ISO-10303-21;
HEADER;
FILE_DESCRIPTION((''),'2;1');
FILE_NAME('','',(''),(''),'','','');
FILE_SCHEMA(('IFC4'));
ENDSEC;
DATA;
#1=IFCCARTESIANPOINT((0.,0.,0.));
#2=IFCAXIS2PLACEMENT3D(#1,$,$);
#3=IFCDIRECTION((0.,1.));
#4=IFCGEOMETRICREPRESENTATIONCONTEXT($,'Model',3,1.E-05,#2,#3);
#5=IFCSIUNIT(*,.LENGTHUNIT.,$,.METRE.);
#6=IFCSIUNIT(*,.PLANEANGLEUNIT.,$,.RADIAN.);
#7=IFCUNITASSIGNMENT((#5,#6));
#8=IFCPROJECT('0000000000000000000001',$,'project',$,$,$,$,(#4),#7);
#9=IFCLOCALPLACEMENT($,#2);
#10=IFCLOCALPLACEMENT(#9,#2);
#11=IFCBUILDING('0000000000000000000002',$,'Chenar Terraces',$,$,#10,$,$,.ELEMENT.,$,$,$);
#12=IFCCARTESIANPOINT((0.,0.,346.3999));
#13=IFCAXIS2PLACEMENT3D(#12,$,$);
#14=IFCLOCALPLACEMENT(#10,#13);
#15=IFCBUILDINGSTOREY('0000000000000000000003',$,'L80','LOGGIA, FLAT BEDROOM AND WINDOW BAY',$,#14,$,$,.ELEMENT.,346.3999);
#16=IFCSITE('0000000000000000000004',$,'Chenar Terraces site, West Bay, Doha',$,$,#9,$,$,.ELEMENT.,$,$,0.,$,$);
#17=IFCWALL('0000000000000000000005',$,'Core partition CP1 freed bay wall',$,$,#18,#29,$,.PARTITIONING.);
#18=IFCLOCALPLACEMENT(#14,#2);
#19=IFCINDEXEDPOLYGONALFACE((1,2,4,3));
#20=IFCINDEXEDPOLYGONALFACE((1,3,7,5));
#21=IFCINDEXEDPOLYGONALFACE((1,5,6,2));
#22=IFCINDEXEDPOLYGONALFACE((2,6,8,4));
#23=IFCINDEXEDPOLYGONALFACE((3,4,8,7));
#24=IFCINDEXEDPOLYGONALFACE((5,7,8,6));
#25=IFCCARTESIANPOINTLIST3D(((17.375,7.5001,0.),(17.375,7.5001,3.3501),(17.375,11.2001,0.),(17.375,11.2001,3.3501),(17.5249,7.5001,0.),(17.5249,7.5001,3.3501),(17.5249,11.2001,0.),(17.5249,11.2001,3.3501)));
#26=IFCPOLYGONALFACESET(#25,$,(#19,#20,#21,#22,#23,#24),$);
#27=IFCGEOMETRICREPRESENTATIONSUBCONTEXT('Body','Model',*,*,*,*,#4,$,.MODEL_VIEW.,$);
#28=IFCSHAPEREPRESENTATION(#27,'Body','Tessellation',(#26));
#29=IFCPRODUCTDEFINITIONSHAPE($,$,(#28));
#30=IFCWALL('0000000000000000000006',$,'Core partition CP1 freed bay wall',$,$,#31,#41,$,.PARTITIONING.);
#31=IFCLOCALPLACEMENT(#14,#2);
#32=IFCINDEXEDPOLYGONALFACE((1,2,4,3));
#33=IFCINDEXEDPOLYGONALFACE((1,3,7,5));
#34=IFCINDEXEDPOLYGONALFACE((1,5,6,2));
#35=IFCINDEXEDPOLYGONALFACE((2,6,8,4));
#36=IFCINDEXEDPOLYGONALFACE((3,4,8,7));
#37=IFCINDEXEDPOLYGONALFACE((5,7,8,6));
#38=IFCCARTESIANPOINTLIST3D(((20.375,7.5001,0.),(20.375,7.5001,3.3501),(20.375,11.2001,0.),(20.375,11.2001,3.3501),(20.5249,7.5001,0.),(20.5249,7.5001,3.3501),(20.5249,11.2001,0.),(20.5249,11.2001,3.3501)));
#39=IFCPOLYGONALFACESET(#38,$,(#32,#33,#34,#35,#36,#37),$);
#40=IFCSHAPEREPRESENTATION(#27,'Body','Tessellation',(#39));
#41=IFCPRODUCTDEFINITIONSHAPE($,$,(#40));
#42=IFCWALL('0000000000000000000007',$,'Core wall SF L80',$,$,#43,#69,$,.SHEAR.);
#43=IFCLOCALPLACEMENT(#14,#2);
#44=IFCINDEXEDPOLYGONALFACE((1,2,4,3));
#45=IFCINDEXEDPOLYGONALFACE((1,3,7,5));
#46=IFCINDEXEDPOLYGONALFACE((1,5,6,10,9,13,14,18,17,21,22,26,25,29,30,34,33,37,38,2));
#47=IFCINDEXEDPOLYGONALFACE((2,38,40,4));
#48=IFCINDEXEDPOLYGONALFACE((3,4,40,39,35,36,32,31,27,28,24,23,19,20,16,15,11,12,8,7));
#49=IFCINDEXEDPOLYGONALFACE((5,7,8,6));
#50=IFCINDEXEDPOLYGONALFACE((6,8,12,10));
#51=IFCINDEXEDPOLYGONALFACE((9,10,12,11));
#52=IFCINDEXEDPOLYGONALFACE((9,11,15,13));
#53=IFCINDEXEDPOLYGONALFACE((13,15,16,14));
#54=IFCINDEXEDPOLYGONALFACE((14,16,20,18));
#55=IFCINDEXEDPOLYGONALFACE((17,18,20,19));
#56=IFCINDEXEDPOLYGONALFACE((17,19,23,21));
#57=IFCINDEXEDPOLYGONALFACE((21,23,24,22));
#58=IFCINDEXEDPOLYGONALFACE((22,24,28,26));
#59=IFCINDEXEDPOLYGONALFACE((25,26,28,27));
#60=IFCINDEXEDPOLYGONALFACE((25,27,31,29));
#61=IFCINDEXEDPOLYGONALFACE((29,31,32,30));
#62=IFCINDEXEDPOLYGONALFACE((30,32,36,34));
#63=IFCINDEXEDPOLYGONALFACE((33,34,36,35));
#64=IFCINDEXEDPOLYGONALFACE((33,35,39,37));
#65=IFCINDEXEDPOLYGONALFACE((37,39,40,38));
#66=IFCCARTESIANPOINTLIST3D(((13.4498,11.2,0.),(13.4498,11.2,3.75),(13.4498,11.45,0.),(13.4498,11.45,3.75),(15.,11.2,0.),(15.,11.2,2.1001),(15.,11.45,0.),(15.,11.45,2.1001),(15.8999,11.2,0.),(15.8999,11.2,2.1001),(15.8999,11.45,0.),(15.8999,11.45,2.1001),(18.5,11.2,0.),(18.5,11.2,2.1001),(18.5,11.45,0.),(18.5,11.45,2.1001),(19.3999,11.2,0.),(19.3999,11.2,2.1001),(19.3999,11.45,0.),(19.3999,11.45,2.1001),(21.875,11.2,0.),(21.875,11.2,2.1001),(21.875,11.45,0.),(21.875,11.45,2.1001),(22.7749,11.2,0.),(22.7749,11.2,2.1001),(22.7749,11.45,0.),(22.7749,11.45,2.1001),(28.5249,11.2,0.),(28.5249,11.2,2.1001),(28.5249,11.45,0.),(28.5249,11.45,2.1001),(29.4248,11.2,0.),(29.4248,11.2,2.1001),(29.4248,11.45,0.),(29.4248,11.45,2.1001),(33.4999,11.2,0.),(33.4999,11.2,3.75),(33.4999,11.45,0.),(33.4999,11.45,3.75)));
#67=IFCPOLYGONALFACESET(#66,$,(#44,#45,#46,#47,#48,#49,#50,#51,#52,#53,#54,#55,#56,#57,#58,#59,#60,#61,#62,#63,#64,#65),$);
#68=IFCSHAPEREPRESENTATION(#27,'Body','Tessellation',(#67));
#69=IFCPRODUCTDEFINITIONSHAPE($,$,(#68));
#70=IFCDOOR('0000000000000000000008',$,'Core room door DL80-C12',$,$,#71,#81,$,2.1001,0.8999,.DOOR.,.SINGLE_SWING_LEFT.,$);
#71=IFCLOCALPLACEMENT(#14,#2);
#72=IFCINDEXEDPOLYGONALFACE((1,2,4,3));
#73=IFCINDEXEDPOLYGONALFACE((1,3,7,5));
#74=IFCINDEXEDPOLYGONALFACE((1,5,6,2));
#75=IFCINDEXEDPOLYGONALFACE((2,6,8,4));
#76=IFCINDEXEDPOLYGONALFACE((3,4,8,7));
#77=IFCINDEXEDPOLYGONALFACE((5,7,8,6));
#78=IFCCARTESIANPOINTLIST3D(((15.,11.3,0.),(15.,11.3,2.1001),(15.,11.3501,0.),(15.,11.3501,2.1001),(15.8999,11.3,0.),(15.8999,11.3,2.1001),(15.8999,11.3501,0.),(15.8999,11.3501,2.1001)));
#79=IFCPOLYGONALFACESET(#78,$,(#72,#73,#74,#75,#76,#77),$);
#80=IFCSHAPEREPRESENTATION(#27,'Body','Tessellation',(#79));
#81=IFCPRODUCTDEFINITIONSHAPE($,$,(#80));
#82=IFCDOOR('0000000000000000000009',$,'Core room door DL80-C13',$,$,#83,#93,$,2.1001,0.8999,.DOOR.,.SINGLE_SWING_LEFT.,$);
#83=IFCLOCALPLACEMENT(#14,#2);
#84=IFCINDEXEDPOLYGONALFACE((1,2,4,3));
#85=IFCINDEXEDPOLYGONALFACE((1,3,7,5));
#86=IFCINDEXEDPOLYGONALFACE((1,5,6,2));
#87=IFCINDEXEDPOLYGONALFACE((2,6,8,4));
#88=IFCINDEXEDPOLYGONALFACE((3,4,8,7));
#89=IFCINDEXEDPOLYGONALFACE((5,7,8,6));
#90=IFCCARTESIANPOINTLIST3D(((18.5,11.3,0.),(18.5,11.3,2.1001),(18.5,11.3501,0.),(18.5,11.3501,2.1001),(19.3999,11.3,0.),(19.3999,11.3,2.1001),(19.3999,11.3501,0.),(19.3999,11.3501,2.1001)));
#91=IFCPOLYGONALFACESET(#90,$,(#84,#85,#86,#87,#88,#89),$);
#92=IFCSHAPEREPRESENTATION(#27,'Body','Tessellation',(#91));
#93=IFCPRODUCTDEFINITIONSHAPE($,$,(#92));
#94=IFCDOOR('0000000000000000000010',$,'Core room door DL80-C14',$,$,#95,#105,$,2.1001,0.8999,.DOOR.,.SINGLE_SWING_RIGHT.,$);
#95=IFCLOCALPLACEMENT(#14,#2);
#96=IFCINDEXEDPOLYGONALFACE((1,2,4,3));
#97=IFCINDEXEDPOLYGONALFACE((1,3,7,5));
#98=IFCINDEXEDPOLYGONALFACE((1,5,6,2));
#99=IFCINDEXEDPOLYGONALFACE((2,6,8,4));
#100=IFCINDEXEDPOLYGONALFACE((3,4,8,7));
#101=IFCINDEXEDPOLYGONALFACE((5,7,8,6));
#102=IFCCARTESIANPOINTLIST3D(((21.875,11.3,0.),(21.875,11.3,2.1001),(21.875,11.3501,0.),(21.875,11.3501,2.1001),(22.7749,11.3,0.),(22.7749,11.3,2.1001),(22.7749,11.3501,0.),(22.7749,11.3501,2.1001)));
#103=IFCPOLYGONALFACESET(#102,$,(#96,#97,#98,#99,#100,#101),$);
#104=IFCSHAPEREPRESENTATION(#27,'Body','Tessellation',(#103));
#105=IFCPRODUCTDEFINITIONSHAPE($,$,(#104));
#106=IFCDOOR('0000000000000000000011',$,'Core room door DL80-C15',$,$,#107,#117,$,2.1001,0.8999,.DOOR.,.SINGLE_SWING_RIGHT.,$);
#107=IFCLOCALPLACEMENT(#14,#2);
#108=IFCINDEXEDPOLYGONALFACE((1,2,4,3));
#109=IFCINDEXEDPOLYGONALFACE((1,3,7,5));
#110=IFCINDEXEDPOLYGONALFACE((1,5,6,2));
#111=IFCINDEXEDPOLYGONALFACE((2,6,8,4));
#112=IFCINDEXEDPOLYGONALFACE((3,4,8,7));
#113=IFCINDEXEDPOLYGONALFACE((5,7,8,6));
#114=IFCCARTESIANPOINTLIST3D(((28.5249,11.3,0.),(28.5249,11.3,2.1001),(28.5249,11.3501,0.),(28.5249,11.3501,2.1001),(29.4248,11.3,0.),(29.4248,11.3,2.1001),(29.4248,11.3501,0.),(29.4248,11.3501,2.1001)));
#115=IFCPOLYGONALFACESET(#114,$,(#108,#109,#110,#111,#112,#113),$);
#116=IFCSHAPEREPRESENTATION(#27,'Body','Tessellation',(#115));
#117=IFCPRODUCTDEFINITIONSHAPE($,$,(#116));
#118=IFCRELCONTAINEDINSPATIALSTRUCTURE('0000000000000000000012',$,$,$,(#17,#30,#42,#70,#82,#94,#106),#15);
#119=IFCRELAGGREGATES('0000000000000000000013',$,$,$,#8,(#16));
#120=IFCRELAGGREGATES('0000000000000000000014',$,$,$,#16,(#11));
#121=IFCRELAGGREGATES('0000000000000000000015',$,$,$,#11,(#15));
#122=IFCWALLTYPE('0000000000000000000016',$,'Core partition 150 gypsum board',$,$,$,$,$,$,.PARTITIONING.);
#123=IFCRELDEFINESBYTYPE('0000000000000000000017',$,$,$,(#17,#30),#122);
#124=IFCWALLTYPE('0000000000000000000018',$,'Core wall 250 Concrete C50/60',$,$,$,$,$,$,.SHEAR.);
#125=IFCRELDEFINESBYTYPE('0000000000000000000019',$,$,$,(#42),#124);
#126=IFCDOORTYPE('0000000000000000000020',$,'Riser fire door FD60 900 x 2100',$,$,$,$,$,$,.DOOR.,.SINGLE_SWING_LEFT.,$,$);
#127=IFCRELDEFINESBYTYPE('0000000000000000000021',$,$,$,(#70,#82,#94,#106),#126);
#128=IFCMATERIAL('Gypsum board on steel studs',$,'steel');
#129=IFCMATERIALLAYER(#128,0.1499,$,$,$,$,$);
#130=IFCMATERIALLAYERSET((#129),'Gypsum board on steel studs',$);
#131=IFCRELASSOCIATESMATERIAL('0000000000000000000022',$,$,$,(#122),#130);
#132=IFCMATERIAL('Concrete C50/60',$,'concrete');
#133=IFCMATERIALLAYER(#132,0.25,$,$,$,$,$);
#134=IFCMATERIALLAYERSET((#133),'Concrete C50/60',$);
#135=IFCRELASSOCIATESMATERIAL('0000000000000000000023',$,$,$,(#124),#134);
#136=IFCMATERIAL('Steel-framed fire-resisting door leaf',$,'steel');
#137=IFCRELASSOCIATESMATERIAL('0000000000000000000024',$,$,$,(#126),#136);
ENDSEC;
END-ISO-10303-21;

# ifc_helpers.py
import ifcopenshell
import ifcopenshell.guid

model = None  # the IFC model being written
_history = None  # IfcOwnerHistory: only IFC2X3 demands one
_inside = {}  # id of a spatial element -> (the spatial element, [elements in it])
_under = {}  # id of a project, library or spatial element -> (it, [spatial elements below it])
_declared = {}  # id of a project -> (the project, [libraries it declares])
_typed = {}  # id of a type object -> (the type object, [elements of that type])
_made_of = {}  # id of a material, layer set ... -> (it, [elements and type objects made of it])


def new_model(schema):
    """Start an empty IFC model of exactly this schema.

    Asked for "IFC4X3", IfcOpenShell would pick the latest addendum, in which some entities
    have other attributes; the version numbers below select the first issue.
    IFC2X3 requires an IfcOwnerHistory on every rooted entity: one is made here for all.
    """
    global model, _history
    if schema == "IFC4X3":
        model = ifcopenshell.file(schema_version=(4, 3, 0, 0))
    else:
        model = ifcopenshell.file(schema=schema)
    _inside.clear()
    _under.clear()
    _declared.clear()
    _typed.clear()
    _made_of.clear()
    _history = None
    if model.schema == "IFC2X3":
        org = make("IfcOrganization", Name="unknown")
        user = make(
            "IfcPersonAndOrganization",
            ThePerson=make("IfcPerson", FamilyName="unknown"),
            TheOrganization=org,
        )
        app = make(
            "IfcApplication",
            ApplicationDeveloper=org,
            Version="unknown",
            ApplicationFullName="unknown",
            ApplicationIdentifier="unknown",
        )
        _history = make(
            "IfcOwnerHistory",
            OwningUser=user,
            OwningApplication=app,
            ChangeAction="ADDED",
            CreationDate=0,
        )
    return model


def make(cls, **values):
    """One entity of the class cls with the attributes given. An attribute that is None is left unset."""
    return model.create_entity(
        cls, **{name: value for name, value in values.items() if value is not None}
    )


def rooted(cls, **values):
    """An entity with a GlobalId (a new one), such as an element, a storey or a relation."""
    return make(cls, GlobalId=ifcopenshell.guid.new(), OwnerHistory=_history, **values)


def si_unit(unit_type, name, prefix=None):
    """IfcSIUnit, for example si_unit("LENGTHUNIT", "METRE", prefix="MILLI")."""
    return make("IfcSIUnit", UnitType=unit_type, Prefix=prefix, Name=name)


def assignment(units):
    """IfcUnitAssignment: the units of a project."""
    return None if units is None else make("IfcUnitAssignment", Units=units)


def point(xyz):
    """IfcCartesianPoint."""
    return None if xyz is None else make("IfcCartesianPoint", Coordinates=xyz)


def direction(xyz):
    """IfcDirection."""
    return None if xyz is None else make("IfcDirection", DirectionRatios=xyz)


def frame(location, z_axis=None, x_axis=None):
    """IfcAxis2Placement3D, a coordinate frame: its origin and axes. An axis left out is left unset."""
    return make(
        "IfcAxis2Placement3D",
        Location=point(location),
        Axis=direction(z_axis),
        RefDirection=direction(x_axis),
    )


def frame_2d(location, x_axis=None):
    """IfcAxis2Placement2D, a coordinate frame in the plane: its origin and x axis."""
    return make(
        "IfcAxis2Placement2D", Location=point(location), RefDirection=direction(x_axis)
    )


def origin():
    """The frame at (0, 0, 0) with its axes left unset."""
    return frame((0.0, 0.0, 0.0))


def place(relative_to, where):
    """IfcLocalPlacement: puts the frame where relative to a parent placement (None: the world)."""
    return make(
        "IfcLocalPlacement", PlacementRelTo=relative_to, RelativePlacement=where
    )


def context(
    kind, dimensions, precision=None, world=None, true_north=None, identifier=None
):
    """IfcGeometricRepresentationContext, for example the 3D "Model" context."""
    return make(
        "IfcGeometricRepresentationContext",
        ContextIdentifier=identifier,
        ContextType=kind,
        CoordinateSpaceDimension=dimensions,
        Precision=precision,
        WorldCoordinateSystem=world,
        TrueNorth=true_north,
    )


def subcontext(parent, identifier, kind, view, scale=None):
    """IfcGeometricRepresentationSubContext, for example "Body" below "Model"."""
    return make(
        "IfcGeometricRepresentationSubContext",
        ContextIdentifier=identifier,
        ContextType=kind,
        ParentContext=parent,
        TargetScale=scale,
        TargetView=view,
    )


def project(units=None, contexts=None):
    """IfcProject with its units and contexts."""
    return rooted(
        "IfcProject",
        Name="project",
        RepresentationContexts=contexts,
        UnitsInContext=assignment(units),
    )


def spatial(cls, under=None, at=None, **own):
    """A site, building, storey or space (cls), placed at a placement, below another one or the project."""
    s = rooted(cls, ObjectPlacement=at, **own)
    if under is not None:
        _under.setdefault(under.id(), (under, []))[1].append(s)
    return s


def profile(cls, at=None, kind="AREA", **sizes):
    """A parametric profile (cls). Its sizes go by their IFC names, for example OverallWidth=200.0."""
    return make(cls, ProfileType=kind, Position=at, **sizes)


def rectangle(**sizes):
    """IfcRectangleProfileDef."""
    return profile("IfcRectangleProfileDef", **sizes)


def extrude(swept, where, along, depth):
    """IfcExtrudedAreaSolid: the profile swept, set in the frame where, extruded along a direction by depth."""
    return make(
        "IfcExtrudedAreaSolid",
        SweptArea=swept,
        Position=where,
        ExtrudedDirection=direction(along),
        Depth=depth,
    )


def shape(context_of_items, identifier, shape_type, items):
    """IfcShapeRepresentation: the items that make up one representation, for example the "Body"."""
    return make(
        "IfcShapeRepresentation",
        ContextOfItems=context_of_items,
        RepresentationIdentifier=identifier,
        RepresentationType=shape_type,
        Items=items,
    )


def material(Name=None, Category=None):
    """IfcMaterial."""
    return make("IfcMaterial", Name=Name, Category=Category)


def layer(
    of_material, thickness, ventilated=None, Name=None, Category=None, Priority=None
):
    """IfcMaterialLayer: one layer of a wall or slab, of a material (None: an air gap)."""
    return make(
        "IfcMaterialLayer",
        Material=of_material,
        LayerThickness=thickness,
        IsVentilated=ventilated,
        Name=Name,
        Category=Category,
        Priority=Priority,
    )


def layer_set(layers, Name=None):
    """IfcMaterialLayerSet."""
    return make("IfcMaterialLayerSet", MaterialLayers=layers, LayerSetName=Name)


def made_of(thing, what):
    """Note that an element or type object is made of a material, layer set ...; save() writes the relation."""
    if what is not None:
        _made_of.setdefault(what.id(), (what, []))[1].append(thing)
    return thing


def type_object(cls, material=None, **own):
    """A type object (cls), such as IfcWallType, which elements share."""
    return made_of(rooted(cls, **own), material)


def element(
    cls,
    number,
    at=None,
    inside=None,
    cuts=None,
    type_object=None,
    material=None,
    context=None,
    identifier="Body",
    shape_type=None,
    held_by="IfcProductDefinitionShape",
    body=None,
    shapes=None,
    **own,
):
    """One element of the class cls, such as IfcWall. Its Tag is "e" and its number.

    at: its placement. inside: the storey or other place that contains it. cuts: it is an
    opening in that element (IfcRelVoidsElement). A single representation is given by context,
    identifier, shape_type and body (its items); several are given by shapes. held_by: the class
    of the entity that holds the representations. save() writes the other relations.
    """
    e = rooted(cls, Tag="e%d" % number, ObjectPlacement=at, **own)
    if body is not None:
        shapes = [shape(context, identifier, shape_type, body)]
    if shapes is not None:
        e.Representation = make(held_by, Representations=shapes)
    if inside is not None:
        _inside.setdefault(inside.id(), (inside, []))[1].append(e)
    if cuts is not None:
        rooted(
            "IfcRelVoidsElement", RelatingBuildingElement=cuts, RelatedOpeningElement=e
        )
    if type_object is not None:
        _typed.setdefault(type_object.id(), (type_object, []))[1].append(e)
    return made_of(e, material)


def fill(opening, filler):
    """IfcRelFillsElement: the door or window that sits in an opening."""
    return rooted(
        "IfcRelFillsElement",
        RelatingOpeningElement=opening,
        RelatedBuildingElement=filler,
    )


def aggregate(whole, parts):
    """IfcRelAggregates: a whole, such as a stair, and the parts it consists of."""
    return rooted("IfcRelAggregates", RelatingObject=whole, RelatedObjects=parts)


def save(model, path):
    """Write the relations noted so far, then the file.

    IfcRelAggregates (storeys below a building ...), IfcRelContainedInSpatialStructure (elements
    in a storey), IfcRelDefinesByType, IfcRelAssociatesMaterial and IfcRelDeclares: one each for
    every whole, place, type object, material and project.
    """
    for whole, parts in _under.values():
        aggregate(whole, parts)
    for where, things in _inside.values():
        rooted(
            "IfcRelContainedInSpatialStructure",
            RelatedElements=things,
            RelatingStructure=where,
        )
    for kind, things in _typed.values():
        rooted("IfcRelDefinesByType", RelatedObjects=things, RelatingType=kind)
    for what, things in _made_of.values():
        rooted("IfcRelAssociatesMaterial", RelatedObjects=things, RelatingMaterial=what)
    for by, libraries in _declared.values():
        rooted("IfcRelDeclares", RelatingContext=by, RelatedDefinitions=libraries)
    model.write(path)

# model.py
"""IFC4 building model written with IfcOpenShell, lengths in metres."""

from ifc_helpers import new_model, si_unit, direction, frame, frame_2d, origin, place, context, subcontext, project, spatial, rectangle, extrude, material, layer, layer_set, type_object, element, fill, save


model = new_model("IFC4")

# Units and contexts
model_context = context("Model", 3, precision=1e-05, world=origin(), true_north=direction((0.0, 1.0)))
body_context = subcontext(model_context, "Body", "Model", "MODEL_VIEW")
ifc_project = project(units=[si_unit("LENGTHUNIT", "METRE"), si_unit("PLANEANGLEUNIT", "RADIAN")], contexts=[model_context])

# Site, building, storey
site_placement = place(None, origin())
site = spatial("IfcSite", under=ifc_project, at=site_placement, Name="Chenar Terraces site, West Bay, Doha", CompositionType="ELEMENT", RefElevation=0.0)
building_placement = place(site_placement, origin())
building = spatial("IfcBuilding", under=site, at=building_placement, Name="Chenar Terraces", CompositionType="ELEMENT")
storey_placement = place(building_placement, frame((0.0, 0.0, 346.3999)))
storey = spatial("IfcBuildingStorey", under=building, at=storey_placement, Name="L80", Description="LOGGIA, FLAT BEDROOM AND WINDOW BAY", CompositionType="ELEMENT", Elevation=346.3999)

# Walls
ifc_material_1 = material(Name="Gypsum board on steel studs", Category="steel")
ifc_layer_1 = layer(ifc_material_1, 0.1499)
ifc_layer_set_1 = layer_set([ifc_layer_1], Name="Gypsum board on steel studs")
wall_type_1 = type_object("IfcWallType", Name="Core partition 150 gypsum board", PredefinedType="PARTITIONING", material=ifc_layer_set_1)
for number, where, z_axis, x_axis, name in (
    (1, (17.45, 7.5, 0.0), (0.0, 0.0, 1.0), (0.0, 1.0, 0.0), "Core partition CP1 freed bay wall"),
    (2, (20.45, 7.5, 0.0), (0.0, 0.0, 1.0), (0.0, 1.0, 0.0), "Core partition CP1 freed bay wall"),
):
    element("IfcWall", number, at=place(storey_placement, frame(where, z_axis=z_axis, x_axis=x_axis)), inside=storey, type_object=wall_type_1, Name=name, PredefinedType="PARTITIONING", context=body_context, shape_type="SweptSolid", body=[
        extrude(rectangle(XDim=3.7, YDim=0.1499, at=frame_2d((1.8501, 0.0))), origin(), (0.0, 0.0, 1.0), 3.3501),
    ])

# Wall, openings, doors
ifc_material_2 = material(Name="Concrete C50/60", Category="concrete")
ifc_layer_2 = layer(ifc_material_2, 0.25)
ifc_layer_set_2 = layer_set([ifc_layer_2], Name="Concrete C50/60")
wall_type_2 = type_object("IfcWallType", Name="Core wall 250 Concrete C50/60", PredefinedType="SHEAR", material=ifc_layer_set_2)
wall_1_placement = place(storey_placement, frame((13.45, 11.325, 0.0), z_axis=(0.0, 0.0, 1.0), x_axis=(1.0, 0.0, 0.0)))
wall_1 = element("IfcWall", 3, at=wall_1_placement, inside=storey, type_object=wall_type_2, Name="Core wall SF L80", PredefinedType="SHEAR", context=body_context, shape_type="SweptSolid", body=[
    extrude(rectangle(XDim=20.05, YDim=0.25, at=frame_2d((10.0249, 0.0))), origin(), (0.0, 0.0, 1.0), 3.75),
])
opening_1_placement = place(wall_1_placement, frame((1.55, 0.0, 0.0)))
opening_1 = element("IfcOpeningElement", 4, at=opening_1_placement, cuts=wall_1, PredefinedType="OPENING", context=body_context, shape_type="SweptSolid", body=[
    extrude(rectangle(XDim=0.8999, YDim=2.1001, at=frame_2d((0.45, 1.05))), frame((0.0, 0.135, 0.0), z_axis=(0.0, -1.0, 0.0), x_axis=(1.0, 0.0, 0.0)), (0.0, 0.0, 1.0), 0.27),
])
opening_2_placement = place(wall_1_placement, frame((5.05, 0.0, 0.0)))
opening_2 = element("IfcOpeningElement", 5, at=opening_2_placement, cuts=wall_1, PredefinedType="OPENING", context=body_context, shape_type="SweptSolid", body=[
    extrude(rectangle(XDim=0.8999, YDim=2.1001, at=frame_2d((0.45, 1.05))), frame((0.0, 0.135, 0.0), z_axis=(0.0, -1.0, 0.0), x_axis=(1.0, 0.0, 0.0)), (0.0, 0.0, 1.0), 0.27),
])
opening_3_placement = place(wall_1_placement, frame((8.425, 0.0, 0.0)))
opening_3 = element("IfcOpeningElement", 6, at=opening_3_placement, cuts=wall_1, PredefinedType="OPENING", context=body_context, shape_type="SweptSolid", body=[
    extrude(rectangle(XDim=0.8999, YDim=2.1001, at=frame_2d((0.45, 1.05))), frame((0.0, 0.135, 0.0), z_axis=(0.0, -1.0, 0.0), x_axis=(1.0, 0.0, 0.0)), (0.0, 0.0, 1.0), 0.27),
])
opening_4_placement = place(wall_1_placement, frame((15.075, 0.0, 0.0)))
opening_4 = element("IfcOpeningElement", 7, at=opening_4_placement, cuts=wall_1, PredefinedType="OPENING", context=body_context, shape_type="SweptSolid", body=[
    extrude(rectangle(XDim=0.8999, YDim=2.1001, at=frame_2d((0.45, 1.05))), frame((0.0, 0.135, 0.0), z_axis=(0.0, -1.0, 0.0), x_axis=(1.0, 0.0, 0.0)), (0.0, 0.0, 1.0), 0.27),
])
ifc_material_3 = material(Name="Steel-framed fire-resisting door leaf", Category="steel")
door_type_1 = type_object("IfcDoorType", Name="Riser fire door FD60 900 x 2100", OperationType="SINGLE_SWING_LEFT", PredefinedType="DOOR", material=ifc_material_3)
door_1_placement = place(opening_1_placement, frame((0.8999, 0.0, 0.0), z_axis=(0.0, 0.0, 1.0), x_axis=(-1.0, 0.0, 0.0)))
door_1 = element("IfcDoor", 8, at=door_1_placement, inside=storey, type_object=door_type_1, Name="Core room door DL80-C12", OperationType="SINGLE_SWING_LEFT", OverallHeight=2.1001, OverallWidth=0.8999, PredefinedType="DOOR", context=body_context, shape_type="SweptSolid", body=[
    extrude(rectangle(XDim=0.8999, YDim=2.1001, at=frame_2d((0.45, 1.05))), frame((0.0, 0.0249, 0.0), z_axis=(0.0, -1.0, 0.0), x_axis=(1.0, 0.0, 0.0)), (0.0, 0.0, 1.0), 0.05),
])
fill(opening_1, door_1)
door_2_placement = place(opening_2_placement, frame((0.8999, 0.0, 0.0), z_axis=(0.0, 0.0, 1.0), x_axis=(-1.0, 0.0, 0.0)))
door_2 = element("IfcDoor", 9, at=door_2_placement, inside=storey, type_object=door_type_1, Name="Core room door DL80-C13", OperationType="SINGLE_SWING_LEFT", OverallHeight=2.1001, OverallWidth=0.8999, PredefinedType="DOOR", context=body_context, shape_type="SweptSolid", body=[
    extrude(rectangle(XDim=0.8999, YDim=2.1001, at=frame_2d((0.45, 1.05))), frame((0.0, 0.0249, 0.0), z_axis=(0.0, -1.0, 0.0), x_axis=(1.0, 0.0, 0.0)), (0.0, 0.0, 1.0), 0.05),
])
fill(opening_2, door_2)
door_3_placement = place(opening_3_placement, frame((0.8999, 0.0, 0.0), z_axis=(0.0, 0.0, 1.0), x_axis=(-1.0, 0.0, 0.0)))
door_3 = element("IfcDoor", 10, at=door_3_placement, inside=storey, type_object=door_type_1, Name="Core room door DL80-C14", OperationType="SINGLE_SWING_RIGHT", OverallHeight=2.1001, OverallWidth=0.8999, PredefinedType="DOOR", context=body_context, shape_type="SweptSolid", body=[
    extrude(rectangle(XDim=0.8999, YDim=2.1001, at=frame_2d((0.45, 1.05))), frame((0.0, 0.0249, 0.0), z_axis=(0.0, -1.0, 0.0), x_axis=(1.0, 0.0, 0.0)), (0.0, 0.0, 1.0), 0.05),
])
fill(opening_3, door_3)
door_4_placement = place(opening_4_placement, frame((0.8999, 0.0, 0.0), z_axis=(0.0, 0.0, 1.0), x_axis=(-1.0, 0.0, 0.0)))
door_4 = element("IfcDoor", 11, at=door_4_placement, inside=storey, type_object=door_type_1, Name="Core room door DL80-C15", OperationType="SINGLE_SWING_RIGHT", OverallHeight=2.1001, OverallWidth=0.8999, PredefinedType="DOOR", context=body_context, shape_type="SweptSolid", body=[
    extrude(rectangle(XDim=0.8999, YDim=2.1001, at=frame_2d((0.45, 1.05))), frame((0.0, 0.0249, 0.0), z_axis=(0.0, -1.0, 0.0), x_axis=(1.0, 0.0, 0.0)), (0.0, 0.0, 1.0), 0.05),
])
fill(opening_4, door_4)

save(model, "model.ifc")
